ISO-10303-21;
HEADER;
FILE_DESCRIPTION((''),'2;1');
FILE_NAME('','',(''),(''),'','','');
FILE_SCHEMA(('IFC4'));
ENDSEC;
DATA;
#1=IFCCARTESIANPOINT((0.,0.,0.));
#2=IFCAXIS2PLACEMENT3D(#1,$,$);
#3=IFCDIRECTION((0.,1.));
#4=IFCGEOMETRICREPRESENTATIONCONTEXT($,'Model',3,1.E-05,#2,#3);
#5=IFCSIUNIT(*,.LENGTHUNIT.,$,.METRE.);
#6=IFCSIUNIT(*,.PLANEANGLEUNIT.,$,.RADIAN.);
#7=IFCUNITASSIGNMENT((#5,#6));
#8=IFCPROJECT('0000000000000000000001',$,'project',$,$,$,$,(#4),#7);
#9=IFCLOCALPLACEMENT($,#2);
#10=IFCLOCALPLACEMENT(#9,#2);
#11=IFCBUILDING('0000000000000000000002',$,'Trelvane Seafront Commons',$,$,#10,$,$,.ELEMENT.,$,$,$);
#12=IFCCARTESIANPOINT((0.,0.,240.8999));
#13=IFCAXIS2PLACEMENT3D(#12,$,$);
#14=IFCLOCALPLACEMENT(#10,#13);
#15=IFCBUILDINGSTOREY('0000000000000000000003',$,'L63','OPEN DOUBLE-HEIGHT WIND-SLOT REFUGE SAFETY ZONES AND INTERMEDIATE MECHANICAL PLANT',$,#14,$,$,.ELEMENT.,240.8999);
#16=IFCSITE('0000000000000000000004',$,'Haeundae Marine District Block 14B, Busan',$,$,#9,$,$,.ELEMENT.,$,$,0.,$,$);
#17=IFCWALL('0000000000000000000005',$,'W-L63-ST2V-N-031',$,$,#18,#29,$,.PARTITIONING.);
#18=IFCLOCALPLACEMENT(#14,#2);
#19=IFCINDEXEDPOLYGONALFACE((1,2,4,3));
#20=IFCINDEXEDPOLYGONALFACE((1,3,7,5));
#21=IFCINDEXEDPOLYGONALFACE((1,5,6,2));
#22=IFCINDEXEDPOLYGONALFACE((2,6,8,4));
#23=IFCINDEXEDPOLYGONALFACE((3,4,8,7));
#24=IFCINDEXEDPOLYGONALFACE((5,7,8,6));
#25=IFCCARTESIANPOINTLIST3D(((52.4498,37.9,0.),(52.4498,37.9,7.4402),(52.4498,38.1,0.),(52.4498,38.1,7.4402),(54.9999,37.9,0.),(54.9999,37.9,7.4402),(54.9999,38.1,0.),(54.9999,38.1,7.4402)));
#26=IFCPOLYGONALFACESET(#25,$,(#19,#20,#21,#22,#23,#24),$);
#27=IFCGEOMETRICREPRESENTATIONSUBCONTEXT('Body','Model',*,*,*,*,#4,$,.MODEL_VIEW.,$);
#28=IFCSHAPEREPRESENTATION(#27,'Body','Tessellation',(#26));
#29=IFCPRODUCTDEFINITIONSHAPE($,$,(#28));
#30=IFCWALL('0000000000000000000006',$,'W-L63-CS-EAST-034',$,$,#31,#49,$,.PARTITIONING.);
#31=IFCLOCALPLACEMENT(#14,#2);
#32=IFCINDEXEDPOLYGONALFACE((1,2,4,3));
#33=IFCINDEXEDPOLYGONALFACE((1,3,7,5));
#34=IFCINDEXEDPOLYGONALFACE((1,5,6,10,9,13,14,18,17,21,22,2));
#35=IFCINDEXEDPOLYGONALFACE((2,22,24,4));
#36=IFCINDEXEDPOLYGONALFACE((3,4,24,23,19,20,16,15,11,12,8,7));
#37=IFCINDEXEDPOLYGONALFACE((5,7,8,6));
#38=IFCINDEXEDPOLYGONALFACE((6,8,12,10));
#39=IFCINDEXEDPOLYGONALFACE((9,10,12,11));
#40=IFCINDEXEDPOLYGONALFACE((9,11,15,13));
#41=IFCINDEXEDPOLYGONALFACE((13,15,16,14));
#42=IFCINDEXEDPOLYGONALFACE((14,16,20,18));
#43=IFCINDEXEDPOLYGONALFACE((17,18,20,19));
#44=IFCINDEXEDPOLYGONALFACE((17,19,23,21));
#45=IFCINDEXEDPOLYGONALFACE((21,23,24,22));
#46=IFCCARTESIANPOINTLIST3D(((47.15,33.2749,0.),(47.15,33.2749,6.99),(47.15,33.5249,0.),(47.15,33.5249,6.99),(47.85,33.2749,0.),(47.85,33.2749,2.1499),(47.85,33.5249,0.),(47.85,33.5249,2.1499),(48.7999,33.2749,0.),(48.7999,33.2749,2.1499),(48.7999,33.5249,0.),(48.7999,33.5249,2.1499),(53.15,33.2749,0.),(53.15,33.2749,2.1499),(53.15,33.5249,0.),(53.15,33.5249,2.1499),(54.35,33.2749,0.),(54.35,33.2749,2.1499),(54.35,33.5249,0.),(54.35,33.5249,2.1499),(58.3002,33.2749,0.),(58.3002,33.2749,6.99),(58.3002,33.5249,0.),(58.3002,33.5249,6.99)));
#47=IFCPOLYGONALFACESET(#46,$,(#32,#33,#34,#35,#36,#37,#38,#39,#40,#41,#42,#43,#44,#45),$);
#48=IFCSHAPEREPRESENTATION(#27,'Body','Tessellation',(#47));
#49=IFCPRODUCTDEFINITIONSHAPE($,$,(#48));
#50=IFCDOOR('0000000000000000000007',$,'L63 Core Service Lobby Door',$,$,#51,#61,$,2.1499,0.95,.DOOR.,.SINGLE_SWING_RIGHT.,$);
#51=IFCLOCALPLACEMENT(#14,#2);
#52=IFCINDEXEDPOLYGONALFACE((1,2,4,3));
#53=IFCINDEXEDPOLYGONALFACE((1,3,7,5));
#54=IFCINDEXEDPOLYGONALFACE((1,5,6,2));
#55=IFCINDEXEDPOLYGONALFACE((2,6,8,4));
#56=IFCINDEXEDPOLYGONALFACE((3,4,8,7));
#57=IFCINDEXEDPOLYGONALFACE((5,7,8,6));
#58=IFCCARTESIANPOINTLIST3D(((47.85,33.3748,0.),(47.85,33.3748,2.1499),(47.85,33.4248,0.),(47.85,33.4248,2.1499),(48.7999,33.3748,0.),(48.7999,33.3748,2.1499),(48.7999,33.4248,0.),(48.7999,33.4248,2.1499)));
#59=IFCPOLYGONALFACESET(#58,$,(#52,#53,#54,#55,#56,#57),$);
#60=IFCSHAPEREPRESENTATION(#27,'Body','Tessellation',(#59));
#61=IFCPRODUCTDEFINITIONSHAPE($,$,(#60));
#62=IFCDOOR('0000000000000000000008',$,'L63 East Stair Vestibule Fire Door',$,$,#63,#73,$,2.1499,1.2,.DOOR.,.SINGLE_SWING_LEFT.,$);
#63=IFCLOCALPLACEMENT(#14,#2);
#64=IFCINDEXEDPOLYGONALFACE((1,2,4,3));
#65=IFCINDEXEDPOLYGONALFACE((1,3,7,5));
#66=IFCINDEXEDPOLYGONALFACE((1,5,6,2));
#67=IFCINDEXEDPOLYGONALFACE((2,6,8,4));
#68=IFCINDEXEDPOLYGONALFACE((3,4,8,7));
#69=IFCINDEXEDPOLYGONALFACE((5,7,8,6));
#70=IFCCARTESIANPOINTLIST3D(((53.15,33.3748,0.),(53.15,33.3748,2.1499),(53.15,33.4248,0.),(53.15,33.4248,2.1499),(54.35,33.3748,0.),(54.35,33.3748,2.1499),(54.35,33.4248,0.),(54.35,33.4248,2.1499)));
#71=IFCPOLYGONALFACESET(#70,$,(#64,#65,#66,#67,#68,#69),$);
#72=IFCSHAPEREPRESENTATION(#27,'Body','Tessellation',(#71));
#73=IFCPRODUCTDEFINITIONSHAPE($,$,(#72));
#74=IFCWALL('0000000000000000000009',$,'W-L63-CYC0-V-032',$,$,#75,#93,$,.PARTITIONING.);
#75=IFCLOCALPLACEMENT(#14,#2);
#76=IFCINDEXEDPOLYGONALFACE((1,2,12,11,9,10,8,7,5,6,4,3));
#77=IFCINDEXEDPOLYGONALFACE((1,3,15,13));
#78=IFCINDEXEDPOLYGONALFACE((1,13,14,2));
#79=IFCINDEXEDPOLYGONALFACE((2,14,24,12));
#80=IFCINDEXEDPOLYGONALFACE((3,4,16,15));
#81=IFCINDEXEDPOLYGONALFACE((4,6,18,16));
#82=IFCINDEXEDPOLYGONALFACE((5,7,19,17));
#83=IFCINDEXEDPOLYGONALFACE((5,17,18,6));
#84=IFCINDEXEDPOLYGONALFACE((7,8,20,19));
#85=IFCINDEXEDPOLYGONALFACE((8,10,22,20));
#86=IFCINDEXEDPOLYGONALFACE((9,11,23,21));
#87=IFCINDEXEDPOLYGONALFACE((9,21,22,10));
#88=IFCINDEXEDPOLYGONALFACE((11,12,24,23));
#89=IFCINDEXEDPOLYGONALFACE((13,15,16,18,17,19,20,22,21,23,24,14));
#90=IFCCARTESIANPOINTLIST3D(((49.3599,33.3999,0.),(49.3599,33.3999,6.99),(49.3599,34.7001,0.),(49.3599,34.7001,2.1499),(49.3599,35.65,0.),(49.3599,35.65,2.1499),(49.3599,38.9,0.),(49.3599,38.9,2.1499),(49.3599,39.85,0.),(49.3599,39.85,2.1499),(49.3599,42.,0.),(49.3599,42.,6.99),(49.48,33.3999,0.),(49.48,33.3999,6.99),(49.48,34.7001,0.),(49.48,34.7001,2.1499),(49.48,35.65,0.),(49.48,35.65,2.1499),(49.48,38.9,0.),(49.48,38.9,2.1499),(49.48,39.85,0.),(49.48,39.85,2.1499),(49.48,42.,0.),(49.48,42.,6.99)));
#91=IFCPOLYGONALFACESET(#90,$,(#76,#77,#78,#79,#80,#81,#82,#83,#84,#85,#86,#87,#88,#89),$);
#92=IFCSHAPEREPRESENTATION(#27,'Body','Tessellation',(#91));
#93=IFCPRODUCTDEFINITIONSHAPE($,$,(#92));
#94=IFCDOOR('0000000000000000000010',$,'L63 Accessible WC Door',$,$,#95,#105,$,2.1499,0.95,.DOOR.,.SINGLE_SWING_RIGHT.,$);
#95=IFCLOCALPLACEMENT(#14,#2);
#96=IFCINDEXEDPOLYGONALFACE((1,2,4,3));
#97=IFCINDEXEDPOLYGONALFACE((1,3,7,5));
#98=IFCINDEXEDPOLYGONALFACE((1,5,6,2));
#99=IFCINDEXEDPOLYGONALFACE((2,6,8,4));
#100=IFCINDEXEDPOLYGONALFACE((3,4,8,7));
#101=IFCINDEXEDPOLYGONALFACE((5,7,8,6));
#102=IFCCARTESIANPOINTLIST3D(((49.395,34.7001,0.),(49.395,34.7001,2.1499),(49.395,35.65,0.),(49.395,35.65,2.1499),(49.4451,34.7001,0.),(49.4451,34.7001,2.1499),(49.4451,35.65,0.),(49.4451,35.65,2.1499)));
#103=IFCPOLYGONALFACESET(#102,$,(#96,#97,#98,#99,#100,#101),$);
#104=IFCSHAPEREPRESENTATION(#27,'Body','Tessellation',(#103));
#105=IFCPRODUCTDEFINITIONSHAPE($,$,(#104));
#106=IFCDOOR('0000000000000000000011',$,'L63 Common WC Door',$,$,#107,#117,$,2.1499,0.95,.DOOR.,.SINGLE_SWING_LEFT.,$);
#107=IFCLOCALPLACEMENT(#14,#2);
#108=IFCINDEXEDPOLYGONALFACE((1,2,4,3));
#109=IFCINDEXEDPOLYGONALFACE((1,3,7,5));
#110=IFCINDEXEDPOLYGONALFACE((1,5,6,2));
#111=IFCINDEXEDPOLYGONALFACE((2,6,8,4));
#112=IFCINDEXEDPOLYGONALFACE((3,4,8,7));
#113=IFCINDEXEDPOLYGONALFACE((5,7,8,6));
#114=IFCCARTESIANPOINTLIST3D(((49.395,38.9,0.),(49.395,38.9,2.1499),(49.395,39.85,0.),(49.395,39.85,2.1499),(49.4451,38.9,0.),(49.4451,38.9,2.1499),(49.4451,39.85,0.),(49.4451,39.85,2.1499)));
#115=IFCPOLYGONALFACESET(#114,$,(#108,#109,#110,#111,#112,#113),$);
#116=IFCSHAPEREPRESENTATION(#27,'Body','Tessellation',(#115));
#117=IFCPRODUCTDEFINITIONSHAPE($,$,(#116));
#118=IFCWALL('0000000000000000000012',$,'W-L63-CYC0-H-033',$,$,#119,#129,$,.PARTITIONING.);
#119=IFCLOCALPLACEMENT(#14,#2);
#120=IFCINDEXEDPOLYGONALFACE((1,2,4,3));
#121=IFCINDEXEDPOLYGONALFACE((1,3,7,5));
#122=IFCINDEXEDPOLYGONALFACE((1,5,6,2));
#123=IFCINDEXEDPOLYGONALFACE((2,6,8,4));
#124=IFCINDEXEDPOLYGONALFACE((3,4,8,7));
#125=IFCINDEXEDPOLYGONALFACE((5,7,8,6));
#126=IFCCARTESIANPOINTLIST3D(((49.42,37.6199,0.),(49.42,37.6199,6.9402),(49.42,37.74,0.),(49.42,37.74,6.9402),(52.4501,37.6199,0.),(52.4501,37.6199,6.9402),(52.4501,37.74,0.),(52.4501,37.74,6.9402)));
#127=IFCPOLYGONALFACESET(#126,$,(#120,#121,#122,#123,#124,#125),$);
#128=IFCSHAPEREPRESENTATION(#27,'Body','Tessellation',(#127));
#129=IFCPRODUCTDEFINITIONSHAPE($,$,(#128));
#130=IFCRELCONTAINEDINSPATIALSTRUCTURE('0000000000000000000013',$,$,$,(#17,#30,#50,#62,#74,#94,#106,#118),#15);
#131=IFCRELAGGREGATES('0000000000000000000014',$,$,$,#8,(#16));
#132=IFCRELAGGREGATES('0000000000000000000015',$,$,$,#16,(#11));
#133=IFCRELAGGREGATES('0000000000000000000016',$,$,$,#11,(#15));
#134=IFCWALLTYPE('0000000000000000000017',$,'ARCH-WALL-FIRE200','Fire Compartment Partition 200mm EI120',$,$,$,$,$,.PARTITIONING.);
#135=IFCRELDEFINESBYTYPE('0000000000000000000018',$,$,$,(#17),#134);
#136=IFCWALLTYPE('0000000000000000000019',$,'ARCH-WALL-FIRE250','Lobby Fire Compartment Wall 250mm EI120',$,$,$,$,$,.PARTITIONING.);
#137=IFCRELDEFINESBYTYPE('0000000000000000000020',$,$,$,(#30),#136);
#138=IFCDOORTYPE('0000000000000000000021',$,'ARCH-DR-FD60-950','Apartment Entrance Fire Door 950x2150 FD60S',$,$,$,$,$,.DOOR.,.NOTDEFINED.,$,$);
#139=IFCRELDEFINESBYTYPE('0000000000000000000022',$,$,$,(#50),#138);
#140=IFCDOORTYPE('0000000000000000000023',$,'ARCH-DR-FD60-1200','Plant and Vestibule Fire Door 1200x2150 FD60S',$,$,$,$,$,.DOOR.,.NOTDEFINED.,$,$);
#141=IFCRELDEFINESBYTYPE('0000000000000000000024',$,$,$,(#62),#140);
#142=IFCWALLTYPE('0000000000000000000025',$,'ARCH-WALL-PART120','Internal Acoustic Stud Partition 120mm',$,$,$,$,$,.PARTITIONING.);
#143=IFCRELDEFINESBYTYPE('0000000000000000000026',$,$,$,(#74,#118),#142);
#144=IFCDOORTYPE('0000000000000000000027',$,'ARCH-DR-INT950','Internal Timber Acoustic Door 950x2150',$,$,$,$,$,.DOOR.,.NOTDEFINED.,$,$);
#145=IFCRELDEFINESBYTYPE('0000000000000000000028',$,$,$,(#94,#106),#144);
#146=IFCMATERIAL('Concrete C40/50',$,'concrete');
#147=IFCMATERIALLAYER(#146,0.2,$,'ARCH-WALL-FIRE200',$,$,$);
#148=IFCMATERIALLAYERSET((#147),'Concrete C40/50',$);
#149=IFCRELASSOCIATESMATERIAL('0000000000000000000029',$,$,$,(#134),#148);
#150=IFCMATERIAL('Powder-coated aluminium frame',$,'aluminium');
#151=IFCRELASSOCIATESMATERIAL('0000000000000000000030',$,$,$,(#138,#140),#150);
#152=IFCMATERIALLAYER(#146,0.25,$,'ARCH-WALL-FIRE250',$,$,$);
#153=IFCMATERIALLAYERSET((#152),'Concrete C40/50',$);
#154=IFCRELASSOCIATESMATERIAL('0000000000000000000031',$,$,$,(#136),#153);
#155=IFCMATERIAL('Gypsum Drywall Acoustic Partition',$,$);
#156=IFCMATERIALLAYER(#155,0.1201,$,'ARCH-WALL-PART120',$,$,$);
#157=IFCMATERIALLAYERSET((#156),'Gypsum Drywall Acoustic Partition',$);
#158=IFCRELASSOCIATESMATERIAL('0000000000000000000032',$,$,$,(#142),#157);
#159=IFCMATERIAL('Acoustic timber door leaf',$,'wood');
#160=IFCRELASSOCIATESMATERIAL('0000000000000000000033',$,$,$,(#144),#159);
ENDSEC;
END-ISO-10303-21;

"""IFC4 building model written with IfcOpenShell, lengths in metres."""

from ifc_helpers import new_model, si_unit, direction, frame, frame_2d, origin, place, context, subcontext, project, spatial, rectangle, extrude, source, transform, mapped, material, layer, layer_set, type_object, element, fill, save


model = new_model("IFC4")

# Units and contexts
model_context = context("Model", 3, precision=1e-05, world=origin(), true_north=direction((0.0, 1.0)))
body_context = subcontext(model_context, "Body", "Model", "MODEL_VIEW")
ifc_project = project(units=[si_unit("LENGTHUNIT", "METRE"), si_unit("PLANEANGLEUNIT", "RADIAN")], contexts=[model_context])

# Site, building, storey
site_placement = place(None, origin())
site = spatial("IfcSite", under=ifc_project, at=site_placement, Name="Haeundae Marine District Block 14B, Busan", CompositionType="ELEMENT", RefElevation=0.0)
building_placement = place(site_placement, origin())
building = spatial("IfcBuilding", under=site, at=building_placement, Name="Trelvane Seafront Commons", CompositionType="ELEMENT")
storey_placement = place(building_placement, frame((0.0, 0.0, 240.8999)))
storey = spatial("IfcBuildingStorey", under=building, at=storey_placement, Name="L63", Description="OPEN DOUBLE-HEIGHT WIND-SLOT REFUGE SAFETY ZONES AND INTERMEDIATE MECHANICAL PLANT", CompositionType="ELEMENT", Elevation=240.8999)

# Shared definitions
ifc_material_1 = material(Name="Concrete C40/50", Category="concrete")
ifc_layer_1 = layer(ifc_material_1, 0.2, Name="ARCH-WALL-FIRE200")
ifc_layer_set_1 = layer_set([ifc_layer_1], Name="Concrete C40/50")
wall_type_1 = type_object("IfcWallType", Name="ARCH-WALL-FIRE200", Description="Fire Compartment Partition 200mm EI120", PredefinedType="PARTITIONING", material=ifc_layer_set_1)
ifc_material_2 = material(Name="Powder-coated aluminium frame", Category="aluminium")
door_type_1 = type_object("IfcDoorType", Name="ARCH-DR-FD60-950", Description="Apartment Entrance Fire Door 950x2150 FD60S", OperationType="NOTDEFINED", PredefinedType="DOOR", material=ifc_material_2)
shared_shape_1 = source(origin(), body_context, "Body", "SweptSolid", [
    extrude(rectangle(XDim=0.95, YDim=2.1499, at=frame_2d((0.4751, 1.075))), frame((0.0, 0.0249, 0.0), z_axis=(0.0, -1.0, 0.0), x_axis=(1.0, 0.0, 0.0)), (0.0, 0.0, 1.0), 0.05),
])

# Wall
wall_1_placement = place(storey_placement, frame((52.45, 38.0, 0.0), z_axis=(0.0, 0.0, 1.0), x_axis=(1.0, 0.0, 0.0)))
element("IfcWall", 1, at=wall_1_placement, inside=storey, type_object=wall_type_1, Name="W-L63-ST2V-N-031", PredefinedType="PARTITIONING", context=body_context, shape_type="SweptSolid", body=[
    extrude(rectangle(XDim=2.55, YDim=0.2, at=frame_2d((1.2749, 0.0))), origin(), (0.0, 0.0, 1.0), 7.4402),
])

# Walls, openings, doors
ifc_layer_2 = layer(ifc_material_1, 0.25, Name="ARCH-WALL-FIRE250")
ifc_layer_set_2 = layer_set([ifc_layer_2], Name="Concrete C40/50")
wall_type_2 = type_object("IfcWallType", Name="ARCH-WALL-FIRE250", Description="Lobby Fire Compartment Wall 250mm EI120", PredefinedType="PARTITIONING", material=ifc_layer_set_2)
wall_2_placement = place(storey_placement, frame((47.1499, 33.3999, 0.0), z_axis=(0.0, 0.0, 1.0), x_axis=(1.0, 0.0, 0.0)))
wall_2 = element("IfcWall", 2, at=wall_2_placement, inside=storey, type_object=wall_type_2, Name="W-L63-CS-EAST-034", PredefinedType="PARTITIONING", context=body_context, shape_type="SweptSolid", body=[
    extrude(rectangle(XDim=11.1501, YDim=0.25, at=frame_2d((5.5752, 0.0))), origin(), (0.0, 0.0, 1.0), 6.99),
])
opening_1_placement = place(wall_2_placement, frame((0.7, 0.0, 0.0)))
opening_1 = element("IfcOpeningElement", 3, at=opening_1_placement, cuts=wall_2, PredefinedType="OPENING", context=body_context, shape_type="SweptSolid", body=[
    extrude(rectangle(XDim=0.95, YDim=2.1499, at=frame_2d((0.4751, 1.075))), frame((0.0, 0.135, 0.0), z_axis=(0.0, -1.0, 0.0), x_axis=(1.0, 0.0, 0.0)), (0.0, 0.0, 1.0), 0.27),
])
opening_2_placement = place(wall_2_placement, frame((6.0, 0.0, 0.0)))
opening_2 = element("IfcOpeningElement", 4, at=opening_2_placement, cuts=wall_2, PredefinedType="OPENING", context=body_context, shape_type="SweptSolid", body=[
    extrude(rectangle(XDim=1.2, YDim=2.1499, at=frame_2d((0.6001, 1.075))), frame((0.0, 0.135, 0.0), z_axis=(0.0, -1.0, 0.0), x_axis=(1.0, 0.0, 0.0)), (0.0, 0.0, 1.0), 0.27),
])
door_1_placement = place(opening_1_placement, origin())
door_1 = element("IfcDoor", 5, at=door_1_placement, inside=storey, type_object=door_type_1, Name="L63 Core Service Lobby Door", OperationType="SINGLE_SWING_RIGHT", OverallHeight=2.1499, OverallWidth=0.95, PredefinedType="DOOR", context=body_context, shape_type="MappedRepresentation", body=[
    mapped(shared_shape_1, transform((0.0, 0.0, 0.0), x_axis=(1.0, 0.0, 0.0), y_axis=(0.0, 1.0, 0.0), z_axis=(0.0, 0.0, 1.0), scale=1.0)),
])
fill(opening_1, door_1)
door_type_2 = type_object("IfcDoorType", Name="ARCH-DR-FD60-1200", Description="Plant and Vestibule Fire Door 1200x2150 FD60S", OperationType="NOTDEFINED", PredefinedType="DOOR", material=ifc_material_2)
shared_shape_2 = source(origin(), body_context, "Body", "SweptSolid", [
    extrude(rectangle(XDim=1.2, YDim=2.1499, at=frame_2d((0.6001, 1.075))), frame((0.0, 0.0249, 0.0), z_axis=(0.0, -1.0, 0.0), x_axis=(1.0, 0.0, 0.0)), (0.0, 0.0, 1.0), 0.05),
])
door_2_placement = place(opening_2_placement, origin())
door_2 = element("IfcDoor", 6, at=door_2_placement, inside=storey, type_object=door_type_2, Name="L63 East Stair Vestibule Fire Door", OperationType="SINGLE_SWING_LEFT", OverallHeight=2.1499, OverallWidth=1.2, PredefinedType="DOOR", context=body_context, shape_type="MappedRepresentation", body=[
    mapped(shared_shape_2, transform((0.0, 0.0, 0.0), x_axis=(1.0, 0.0, 0.0), y_axis=(0.0, 1.0, 0.0), z_axis=(0.0, 0.0, 1.0), scale=1.0)),
])
fill(opening_2, door_2)
ifc_material_3 = material(Name="Gypsum Drywall Acoustic Partition")
ifc_layer_3 = layer(ifc_material_3, 0.1201, Name="ARCH-WALL-PART120")
ifc_layer_set_3 = layer_set([ifc_layer_3], Name="Gypsum Drywall Acoustic Partition")
wall_type_3 = type_object("IfcWallType", Name="ARCH-WALL-PART120", Description="Internal Acoustic Stud Partition 120mm", PredefinedType="PARTITIONING", material=ifc_layer_set_3)
wall_3_placement = place(storey_placement, frame((49.4199, 33.3999, 0.0), z_axis=(0.0, 0.0, 1.0), x_axis=(0.0, 1.0, 0.0)))
wall_3 = element("IfcWall", 7, at=wall_3_placement, inside=storey, type_object=wall_type_3, Name="W-L63-CYC0-V-032", PredefinedType="PARTITIONING", context=body_context, shape_type="SweptSolid", body=[
    extrude(rectangle(XDim=8.6001, YDim=0.1201, at=frame_2d((4.3, 0.0))), origin(), (0.0, 0.0, 1.0), 6.99),
])
opening_3_placement = place(wall_3_placement, frame((1.3, 0.0, 0.0)))
opening_3 = element("IfcOpeningElement", 8, at=opening_3_placement, cuts=wall_3, PredefinedType="OPENING", context=body_context, shape_type="SweptSolid", body=[
    extrude(rectangle(XDim=0.95, YDim=2.1499, at=frame_2d((0.4751, 1.075))), frame((0.0, 0.0701, 0.0), z_axis=(0.0, -1.0, 0.0), x_axis=(1.0, 0.0, 0.0)), (0.0, 0.0, 1.0), 0.1401),
])
opening_4_placement = place(wall_3_placement, frame((5.5, 0.0, 0.0)))
opening_4 = element("IfcOpeningElement", 9, at=opening_4_placement, cuts=wall_3, PredefinedType="OPENING", context=body_context, shape_type="SweptSolid", body=[
    extrude(rectangle(XDim=0.95, YDim=2.1499, at=frame_2d((0.4751, 1.075))), frame((0.0, 0.0701, 0.0), z_axis=(0.0, -1.0, 0.0), x_axis=(1.0, 0.0, 0.0)), (0.0, 0.0, 1.0), 0.1401),
])
ifc_material_4 = material(Name="Acoustic timber door leaf", Category="wood")
door_type_3 = type_object("IfcDoorType", Name="ARCH-DR-INT950", Description="Internal Timber Acoustic Door 950x2150", OperationType="NOTDEFINED", PredefinedType="DOOR", material=ifc_material_4)
door_3_placement = place(opening_3_placement, origin())
door_3 = element("IfcDoor", 10, at=door_3_placement, inside=storey, type_object=door_type_3, Name="L63 Accessible WC Door", OperationType="SINGLE_SWING_RIGHT", OverallHeight=2.1499, OverallWidth=0.95, PredefinedType="DOOR", context=body_context, shape_type="MappedRepresentation", body=[
    mapped(shared_shape_1, transform((0.0, 0.0, 0.0), x_axis=(1.0, 0.0, 0.0), y_axis=(0.0, 1.0, 0.0), z_axis=(0.0, 0.0, 1.0), scale=1.0)),
])
fill(opening_3, door_3)
door_4_placement = place(opening_4_placement, origin())
door_4 = element("IfcDoor", 11, at=door_4_placement, inside=storey, type_object=door_type_3, Name="L63 Common WC Door", OperationType="SINGLE_SWING_LEFT", OverallHeight=2.1499, OverallWidth=0.95, PredefinedType="DOOR", context=body_context, shape_type="MappedRepresentation", body=[
    mapped(shared_shape_1, transform((0.0, 0.0, 0.0), x_axis=(1.0, 0.0, 0.0), y_axis=(0.0, 1.0, 0.0), z_axis=(0.0, 0.0, 1.0), scale=1.0)),
])
fill(opening_4, door_4)

# Wall
wall_4_placement = place(storey_placement, frame((49.4199, 37.6799, 0.0), z_axis=(0.0, 0.0, 1.0), x_axis=(1.0, 0.0, 0.0)))
element("IfcWall", 12, at=wall_4_placement, inside=storey, type_object=wall_type_3, Name="W-L63-CYC0-H-033", PredefinedType="PARTITIONING", context=body_context, shape_type="SweptSolid", body=[
    extrude(rectangle(XDim=3.03, YDim=0.1201, at=frame_2d((1.5151, 0.0))), origin(), (0.0, 0.0, 1.0), 6.9402),
])

save(model, "model.ifc")
